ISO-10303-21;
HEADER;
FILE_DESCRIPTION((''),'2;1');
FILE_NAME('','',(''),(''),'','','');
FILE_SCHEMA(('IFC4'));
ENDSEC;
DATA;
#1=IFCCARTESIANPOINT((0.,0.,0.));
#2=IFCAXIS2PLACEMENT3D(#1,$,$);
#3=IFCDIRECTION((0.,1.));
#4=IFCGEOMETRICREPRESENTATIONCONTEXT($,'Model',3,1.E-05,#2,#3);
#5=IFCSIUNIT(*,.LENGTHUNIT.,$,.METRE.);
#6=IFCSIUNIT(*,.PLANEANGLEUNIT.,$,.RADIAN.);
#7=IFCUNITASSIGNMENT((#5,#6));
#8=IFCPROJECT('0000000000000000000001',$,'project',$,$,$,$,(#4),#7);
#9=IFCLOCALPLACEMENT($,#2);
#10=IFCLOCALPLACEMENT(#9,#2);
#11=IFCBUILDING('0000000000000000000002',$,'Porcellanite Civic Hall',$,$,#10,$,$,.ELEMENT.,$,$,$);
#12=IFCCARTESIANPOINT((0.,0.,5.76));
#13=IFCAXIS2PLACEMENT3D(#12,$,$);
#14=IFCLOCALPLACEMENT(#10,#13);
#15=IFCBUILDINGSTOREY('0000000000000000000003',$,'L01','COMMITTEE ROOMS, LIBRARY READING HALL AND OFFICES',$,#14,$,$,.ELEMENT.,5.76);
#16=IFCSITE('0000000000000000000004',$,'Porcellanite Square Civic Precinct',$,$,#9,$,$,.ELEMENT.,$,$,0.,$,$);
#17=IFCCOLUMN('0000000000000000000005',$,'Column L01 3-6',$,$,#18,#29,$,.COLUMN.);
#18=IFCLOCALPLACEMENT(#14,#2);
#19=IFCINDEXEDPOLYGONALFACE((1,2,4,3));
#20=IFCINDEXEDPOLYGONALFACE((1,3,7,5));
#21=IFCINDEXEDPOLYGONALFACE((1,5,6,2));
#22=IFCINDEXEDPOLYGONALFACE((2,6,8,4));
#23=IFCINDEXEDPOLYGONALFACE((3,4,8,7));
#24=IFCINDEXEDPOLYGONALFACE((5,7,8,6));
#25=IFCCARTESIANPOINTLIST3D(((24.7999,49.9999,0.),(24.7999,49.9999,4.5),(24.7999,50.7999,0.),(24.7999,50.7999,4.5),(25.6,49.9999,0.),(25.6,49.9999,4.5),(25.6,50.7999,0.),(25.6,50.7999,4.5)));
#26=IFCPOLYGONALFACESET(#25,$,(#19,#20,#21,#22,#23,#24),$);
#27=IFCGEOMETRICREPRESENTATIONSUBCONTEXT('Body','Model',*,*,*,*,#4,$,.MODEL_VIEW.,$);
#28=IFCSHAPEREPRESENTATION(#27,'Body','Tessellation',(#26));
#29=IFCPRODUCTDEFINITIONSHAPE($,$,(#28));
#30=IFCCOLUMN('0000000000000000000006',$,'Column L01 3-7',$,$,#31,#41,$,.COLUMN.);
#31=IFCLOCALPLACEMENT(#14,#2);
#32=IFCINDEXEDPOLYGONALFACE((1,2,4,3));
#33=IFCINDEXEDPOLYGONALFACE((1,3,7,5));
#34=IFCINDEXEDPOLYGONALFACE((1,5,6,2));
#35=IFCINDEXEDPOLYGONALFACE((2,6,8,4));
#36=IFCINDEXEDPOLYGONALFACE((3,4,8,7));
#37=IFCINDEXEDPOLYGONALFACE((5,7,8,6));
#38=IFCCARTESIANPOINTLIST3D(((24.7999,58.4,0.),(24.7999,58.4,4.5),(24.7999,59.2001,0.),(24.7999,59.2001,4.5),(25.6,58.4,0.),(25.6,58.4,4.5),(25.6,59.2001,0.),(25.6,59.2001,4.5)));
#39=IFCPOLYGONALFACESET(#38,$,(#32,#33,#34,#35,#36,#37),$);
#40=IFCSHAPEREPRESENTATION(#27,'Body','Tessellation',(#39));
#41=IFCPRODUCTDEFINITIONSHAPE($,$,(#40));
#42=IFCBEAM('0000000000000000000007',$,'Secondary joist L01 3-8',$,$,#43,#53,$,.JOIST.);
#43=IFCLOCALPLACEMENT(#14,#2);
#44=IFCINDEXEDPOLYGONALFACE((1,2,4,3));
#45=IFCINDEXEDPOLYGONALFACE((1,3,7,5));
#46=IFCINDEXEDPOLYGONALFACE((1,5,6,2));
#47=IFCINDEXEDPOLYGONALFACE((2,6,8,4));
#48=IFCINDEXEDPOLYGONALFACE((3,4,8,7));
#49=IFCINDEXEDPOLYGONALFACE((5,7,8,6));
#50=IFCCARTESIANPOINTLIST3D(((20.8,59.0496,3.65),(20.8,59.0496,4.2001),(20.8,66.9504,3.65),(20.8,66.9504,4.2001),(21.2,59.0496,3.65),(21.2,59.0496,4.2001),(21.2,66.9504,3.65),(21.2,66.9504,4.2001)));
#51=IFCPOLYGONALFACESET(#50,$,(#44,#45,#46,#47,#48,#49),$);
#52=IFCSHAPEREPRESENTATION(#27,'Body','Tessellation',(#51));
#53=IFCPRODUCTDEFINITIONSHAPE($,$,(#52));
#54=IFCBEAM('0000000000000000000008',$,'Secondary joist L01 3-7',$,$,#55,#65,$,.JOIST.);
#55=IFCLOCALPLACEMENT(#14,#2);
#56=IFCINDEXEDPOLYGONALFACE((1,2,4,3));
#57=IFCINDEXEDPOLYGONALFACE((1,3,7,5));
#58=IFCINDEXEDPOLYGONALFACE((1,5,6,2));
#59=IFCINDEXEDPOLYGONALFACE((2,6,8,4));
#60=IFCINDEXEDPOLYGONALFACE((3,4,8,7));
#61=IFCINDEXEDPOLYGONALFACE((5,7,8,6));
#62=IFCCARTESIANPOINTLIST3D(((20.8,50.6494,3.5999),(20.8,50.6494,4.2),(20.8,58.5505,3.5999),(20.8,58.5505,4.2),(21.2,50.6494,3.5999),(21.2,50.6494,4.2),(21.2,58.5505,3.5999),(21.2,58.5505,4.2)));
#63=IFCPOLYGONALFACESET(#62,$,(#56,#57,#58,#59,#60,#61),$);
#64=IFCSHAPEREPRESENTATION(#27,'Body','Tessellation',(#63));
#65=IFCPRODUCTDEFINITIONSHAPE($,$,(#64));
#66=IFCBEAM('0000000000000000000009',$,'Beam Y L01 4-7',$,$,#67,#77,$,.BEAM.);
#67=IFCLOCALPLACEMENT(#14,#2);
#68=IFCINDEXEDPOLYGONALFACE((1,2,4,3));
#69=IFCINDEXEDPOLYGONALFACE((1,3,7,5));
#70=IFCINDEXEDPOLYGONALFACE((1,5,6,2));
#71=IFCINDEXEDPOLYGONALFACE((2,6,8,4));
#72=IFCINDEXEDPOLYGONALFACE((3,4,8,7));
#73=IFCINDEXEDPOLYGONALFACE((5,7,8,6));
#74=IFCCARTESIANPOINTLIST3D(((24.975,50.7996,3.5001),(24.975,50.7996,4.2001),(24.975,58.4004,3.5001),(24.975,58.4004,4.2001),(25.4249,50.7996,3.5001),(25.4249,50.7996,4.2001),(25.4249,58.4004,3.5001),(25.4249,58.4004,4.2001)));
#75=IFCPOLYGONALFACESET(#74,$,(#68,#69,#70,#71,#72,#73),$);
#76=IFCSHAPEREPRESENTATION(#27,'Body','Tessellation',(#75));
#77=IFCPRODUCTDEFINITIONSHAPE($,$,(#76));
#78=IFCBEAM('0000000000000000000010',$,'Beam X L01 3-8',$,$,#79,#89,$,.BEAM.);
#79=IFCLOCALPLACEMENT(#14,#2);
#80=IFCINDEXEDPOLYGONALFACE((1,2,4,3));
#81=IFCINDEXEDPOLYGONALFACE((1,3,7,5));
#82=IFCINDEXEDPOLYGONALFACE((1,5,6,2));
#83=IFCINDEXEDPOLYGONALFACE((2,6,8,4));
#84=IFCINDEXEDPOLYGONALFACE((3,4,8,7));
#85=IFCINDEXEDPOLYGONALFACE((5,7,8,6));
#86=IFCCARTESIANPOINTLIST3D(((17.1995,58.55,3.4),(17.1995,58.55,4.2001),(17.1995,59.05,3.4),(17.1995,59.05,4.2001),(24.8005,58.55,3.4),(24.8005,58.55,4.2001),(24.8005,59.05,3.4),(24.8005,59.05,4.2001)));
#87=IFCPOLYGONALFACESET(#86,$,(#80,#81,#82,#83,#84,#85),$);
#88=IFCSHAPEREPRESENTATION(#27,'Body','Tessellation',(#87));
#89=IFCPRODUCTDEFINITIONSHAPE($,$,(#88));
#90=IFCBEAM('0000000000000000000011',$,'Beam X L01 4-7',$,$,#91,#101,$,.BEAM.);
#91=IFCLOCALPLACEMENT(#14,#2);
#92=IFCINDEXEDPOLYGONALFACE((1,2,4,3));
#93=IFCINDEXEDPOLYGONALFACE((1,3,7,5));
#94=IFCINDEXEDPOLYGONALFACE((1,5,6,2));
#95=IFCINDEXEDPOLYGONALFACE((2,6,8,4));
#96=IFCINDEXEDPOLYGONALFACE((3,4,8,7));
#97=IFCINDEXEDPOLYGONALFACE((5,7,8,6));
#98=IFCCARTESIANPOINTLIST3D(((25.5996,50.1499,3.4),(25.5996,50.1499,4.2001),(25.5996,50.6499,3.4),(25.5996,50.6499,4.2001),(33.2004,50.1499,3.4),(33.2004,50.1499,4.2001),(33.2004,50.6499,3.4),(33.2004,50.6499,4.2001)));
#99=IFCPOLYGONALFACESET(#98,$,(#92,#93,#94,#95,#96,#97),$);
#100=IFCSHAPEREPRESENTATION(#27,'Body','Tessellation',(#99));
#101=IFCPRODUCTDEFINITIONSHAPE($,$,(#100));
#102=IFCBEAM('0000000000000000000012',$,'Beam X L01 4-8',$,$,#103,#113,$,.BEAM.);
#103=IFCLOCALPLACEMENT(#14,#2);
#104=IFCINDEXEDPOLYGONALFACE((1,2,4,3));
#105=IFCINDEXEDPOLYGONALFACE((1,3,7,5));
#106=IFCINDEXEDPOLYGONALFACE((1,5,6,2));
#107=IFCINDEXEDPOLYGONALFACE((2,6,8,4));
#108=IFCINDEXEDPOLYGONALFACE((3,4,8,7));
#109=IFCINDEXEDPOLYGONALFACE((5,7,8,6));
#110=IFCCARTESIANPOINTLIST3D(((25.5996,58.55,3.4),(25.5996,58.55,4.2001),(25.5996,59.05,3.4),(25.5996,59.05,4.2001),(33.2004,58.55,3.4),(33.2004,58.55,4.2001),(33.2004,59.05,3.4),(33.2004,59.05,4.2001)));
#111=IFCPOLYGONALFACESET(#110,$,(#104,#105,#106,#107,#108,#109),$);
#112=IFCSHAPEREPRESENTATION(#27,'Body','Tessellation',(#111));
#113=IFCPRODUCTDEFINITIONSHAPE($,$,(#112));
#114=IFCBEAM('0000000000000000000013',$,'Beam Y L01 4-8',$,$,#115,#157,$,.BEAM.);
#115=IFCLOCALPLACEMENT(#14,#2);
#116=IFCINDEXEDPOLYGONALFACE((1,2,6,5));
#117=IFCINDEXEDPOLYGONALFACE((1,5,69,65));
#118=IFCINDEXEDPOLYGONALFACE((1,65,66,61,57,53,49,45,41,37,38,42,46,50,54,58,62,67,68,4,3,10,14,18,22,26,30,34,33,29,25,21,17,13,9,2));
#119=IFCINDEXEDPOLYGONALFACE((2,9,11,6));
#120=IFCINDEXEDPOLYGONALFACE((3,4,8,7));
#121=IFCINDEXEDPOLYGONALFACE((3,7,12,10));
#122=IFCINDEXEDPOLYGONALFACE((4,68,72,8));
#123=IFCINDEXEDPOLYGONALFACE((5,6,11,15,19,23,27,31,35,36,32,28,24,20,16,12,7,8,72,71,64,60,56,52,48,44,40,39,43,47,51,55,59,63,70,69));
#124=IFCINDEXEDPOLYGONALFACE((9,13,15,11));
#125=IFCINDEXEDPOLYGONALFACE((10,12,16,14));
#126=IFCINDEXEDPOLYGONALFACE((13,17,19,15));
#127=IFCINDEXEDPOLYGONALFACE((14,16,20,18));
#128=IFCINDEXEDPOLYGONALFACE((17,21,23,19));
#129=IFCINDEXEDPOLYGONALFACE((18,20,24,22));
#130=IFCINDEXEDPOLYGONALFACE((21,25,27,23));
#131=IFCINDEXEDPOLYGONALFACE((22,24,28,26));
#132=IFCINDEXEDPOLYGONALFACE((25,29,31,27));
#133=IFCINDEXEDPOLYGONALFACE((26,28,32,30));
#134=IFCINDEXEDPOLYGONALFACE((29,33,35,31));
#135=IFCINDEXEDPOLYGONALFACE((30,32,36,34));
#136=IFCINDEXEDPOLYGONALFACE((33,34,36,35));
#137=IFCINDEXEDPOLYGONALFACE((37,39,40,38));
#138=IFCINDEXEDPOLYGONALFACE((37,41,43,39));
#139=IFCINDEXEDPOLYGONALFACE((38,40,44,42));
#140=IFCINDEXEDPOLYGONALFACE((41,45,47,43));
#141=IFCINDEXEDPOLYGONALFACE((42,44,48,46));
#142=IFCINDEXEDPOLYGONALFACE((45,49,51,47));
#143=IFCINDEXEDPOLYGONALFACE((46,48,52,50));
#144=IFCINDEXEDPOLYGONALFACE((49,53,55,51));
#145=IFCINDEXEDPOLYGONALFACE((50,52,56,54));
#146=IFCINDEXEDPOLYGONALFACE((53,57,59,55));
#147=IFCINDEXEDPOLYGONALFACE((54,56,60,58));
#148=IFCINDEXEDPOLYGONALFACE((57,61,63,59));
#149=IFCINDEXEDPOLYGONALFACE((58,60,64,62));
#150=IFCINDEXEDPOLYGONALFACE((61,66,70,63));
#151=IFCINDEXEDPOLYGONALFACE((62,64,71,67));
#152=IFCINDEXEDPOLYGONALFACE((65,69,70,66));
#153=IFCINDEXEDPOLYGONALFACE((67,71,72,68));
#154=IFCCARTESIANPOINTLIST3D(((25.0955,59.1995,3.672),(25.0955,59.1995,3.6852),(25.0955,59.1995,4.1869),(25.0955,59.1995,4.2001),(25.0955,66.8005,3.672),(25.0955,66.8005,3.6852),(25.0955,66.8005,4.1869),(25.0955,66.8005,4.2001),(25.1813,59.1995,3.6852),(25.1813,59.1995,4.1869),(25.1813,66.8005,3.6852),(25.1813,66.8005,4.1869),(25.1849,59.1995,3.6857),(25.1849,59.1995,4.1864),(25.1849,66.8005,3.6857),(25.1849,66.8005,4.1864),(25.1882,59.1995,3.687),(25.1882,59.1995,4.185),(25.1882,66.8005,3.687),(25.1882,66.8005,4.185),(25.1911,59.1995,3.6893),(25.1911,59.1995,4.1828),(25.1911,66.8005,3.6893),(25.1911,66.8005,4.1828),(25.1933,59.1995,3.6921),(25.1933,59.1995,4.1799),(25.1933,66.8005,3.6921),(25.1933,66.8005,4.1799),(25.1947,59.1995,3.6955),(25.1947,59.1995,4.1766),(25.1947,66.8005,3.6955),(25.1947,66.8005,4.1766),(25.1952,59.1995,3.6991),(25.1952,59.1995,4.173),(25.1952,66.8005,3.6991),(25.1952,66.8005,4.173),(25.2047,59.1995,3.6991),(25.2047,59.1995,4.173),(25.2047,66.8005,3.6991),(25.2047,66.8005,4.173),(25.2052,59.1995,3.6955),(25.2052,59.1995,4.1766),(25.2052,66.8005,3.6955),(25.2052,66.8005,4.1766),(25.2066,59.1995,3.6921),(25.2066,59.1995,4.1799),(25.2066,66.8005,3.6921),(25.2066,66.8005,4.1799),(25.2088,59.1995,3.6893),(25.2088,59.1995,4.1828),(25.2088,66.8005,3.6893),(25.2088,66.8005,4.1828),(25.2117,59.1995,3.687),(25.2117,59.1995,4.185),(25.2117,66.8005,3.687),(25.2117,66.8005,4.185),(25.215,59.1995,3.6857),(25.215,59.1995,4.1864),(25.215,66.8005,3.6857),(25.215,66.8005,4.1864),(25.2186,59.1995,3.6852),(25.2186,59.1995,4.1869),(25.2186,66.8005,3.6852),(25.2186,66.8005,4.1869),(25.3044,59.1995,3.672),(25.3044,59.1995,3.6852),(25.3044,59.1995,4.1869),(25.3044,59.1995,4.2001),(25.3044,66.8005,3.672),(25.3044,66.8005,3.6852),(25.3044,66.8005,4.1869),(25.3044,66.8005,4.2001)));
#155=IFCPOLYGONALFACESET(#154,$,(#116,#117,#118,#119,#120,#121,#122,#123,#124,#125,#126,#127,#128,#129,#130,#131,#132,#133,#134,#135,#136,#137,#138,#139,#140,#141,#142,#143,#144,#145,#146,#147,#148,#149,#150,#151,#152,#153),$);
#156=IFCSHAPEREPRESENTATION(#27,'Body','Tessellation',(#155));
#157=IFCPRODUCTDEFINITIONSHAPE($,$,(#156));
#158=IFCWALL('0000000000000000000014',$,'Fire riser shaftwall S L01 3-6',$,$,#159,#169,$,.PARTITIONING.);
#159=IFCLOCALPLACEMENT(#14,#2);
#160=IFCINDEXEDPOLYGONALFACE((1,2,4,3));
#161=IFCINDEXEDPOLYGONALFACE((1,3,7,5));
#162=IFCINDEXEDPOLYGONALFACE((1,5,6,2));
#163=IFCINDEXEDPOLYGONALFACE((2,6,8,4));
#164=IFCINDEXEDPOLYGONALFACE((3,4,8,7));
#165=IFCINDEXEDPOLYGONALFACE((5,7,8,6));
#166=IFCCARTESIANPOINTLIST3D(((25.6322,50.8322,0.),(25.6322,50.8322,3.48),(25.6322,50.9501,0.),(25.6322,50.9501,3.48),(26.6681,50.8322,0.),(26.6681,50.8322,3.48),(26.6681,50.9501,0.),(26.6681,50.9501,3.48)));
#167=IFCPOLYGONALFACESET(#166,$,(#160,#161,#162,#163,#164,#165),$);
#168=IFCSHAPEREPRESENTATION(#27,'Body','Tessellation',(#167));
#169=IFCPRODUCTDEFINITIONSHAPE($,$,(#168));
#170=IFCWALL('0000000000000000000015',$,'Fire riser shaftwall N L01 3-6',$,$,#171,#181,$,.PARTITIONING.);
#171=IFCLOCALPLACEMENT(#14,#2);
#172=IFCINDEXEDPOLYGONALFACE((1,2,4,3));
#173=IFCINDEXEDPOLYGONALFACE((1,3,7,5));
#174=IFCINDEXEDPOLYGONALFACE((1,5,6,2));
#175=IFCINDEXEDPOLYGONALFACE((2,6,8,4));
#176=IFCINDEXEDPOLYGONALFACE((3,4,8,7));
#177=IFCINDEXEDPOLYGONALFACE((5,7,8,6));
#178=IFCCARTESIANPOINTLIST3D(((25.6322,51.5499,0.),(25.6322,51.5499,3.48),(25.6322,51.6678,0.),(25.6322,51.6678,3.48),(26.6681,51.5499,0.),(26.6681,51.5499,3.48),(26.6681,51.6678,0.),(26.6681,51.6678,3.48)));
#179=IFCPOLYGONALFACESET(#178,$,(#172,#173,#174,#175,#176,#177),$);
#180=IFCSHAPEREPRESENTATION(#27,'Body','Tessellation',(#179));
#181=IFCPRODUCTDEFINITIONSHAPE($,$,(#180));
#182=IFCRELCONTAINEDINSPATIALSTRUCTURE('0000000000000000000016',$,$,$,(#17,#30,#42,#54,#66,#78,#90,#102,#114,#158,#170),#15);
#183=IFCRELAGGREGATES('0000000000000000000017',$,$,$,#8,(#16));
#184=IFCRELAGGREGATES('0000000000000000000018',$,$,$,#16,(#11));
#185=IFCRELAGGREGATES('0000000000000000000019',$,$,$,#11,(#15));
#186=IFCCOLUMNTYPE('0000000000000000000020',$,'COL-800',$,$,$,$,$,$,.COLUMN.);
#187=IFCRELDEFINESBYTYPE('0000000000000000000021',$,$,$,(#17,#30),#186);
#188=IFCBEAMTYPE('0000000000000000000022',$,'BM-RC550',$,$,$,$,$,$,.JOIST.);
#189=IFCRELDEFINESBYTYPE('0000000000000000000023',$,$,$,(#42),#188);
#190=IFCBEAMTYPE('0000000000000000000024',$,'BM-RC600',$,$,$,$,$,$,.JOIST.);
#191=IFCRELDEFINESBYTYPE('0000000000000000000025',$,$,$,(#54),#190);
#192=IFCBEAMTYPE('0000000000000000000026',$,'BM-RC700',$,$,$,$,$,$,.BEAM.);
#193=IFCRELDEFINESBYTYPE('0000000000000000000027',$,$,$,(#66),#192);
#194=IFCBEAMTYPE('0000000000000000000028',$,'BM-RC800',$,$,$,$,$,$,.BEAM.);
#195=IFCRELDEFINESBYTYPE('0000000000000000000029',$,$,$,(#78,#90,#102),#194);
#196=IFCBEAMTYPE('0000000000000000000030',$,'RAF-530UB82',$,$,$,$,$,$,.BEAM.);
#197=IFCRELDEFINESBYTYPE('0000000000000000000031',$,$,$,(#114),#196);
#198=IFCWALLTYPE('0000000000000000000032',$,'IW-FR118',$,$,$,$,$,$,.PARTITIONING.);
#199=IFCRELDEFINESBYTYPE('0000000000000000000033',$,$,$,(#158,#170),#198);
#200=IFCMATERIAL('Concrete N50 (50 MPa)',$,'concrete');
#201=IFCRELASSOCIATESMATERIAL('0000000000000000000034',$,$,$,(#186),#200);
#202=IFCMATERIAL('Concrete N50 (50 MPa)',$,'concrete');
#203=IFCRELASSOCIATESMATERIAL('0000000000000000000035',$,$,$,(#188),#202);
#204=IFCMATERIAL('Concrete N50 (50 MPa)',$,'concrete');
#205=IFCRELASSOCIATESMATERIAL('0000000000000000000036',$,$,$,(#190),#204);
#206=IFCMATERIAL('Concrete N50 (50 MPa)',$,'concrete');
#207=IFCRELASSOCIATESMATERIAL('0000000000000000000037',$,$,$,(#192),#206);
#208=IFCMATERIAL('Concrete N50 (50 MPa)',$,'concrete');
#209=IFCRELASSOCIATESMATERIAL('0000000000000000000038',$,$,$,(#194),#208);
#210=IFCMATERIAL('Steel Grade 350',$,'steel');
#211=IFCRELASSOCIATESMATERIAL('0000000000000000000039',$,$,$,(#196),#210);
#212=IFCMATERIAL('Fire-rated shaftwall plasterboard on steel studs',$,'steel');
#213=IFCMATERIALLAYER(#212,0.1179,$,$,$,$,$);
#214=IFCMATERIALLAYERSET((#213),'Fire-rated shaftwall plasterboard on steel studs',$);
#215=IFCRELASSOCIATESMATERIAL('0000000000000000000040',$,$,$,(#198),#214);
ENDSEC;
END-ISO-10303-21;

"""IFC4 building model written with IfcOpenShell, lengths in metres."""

from ifc_helpers import new_model, si_unit, direction, frame, frame_2d, origin, origin_2d, place, context, subcontext, project, spatial, rectangle, i_section, extrude, material, layer, layer_set, material_profile, profile_set, type_object, element, save


model = new_model("IFC4")

# Units and contexts
model_context = context("Model", 3, precision=1e-05, world=origin(), true_north=direction((0.0, 1.0)))
body_context = subcontext(model_context, "Body", "Model", "MODEL_VIEW")
ifc_project = project(units=[si_unit("LENGTHUNIT", "METRE"), si_unit("PLANEANGLEUNIT", "RADIAN")], contexts=[model_context])

# Site, building, storey
site_placement = place(None, origin())
site = spatial("IfcSite", under=ifc_project, at=site_placement, Name="Porcellanite Square Civic Precinct", CompositionType="ELEMENT", RefElevation=0.0)
building_placement = place(site_placement, origin())
building = spatial("IfcBuilding", under=site, at=building_placement, Name="Porcellanite Civic Hall", CompositionType="ELEMENT")
storey_placement = place(building_placement, frame((0.0, 0.0, 5.76)))
storey = spatial("IfcBuildingStorey", under=building, at=storey_placement, Name="L01", Description="COMMITTEE ROOMS, LIBRARY READING HALL AND OFFICES", CompositionType="ELEMENT", Elevation=5.76)

# Columns
ifc_material_1 = material(Name="Concrete N50 (50 MPa)", Category="concrete")
ifc_material_profile_1 = material_profile(ifc_material_1, rectangle(XDim=0.8, YDim=0.8, at=origin_2d()), Name="RC-800x800")
ifc_profile_set_1 = profile_set([ifc_material_profile_1], Name="Concrete N50 (50 MPa)")
column_type = type_object("IfcColumnType", Name="COL-800", PredefinedType="COLUMN", material=ifc_profile_set_1)
for number, where, z_axis, x_axis, name in (
    (1, (25.2, 50.3999, 0.0), (0.0, 0.0, 1.0), (1.0, 0.0, 0.0), "Column L01 3-6"),
    (2, (25.2, 58.8, 0.0), (0.0, 0.0, 1.0), (1.0, 0.0, 0.0), "Column L01 3-7"),
):
    element("IfcColumn", number, at=place(storey_placement, frame(where, z_axis=z_axis, x_axis=x_axis)), inside=storey, type_object=column_type, Name=name, PredefinedType="COLUMN", context=body_context, shape_type="SweptSolid", body=[
        extrude(rectangle(XDim=0.8, YDim=0.8, at=origin_2d()), origin(), (0.0, 0.0, 1.0), 4.5),
    ])

# Beams
ifc_material_2 = material(Name="Concrete N50 (50 MPa)", Category="concrete")
ifc_material_profile_2 = material_profile(ifc_material_2, rectangle(XDim=0.3999, YDim=0.55, at=origin_2d()), Name="RC-400x550")
ifc_profile_set_2 = profile_set([ifc_material_profile_2], Name="Concrete N50 (50 MPa)")
beam_type_1 = type_object("IfcBeamType", Name="BM-RC550", PredefinedType="JOIST", material=ifc_profile_set_2)
beam_1_placement = place(storey_placement, frame((21.0, 59.0496, 3.925), z_axis=(0.0, 1.0, 0.0), x_axis=(-1.0, 0.0, 0.0)))
element("IfcBeam", 3, at=beam_1_placement, inside=storey, type_object=beam_type_1, Name="Secondary joist L01 3-8", PredefinedType="JOIST", context=body_context, shape_type="SweptSolid", body=[
    extrude(rectangle(XDim=0.3999, YDim=0.55, at=origin_2d()), origin(), (0.0, 0.0, 1.0), 7.9009),
])
ifc_material_3 = material(Name="Concrete N50 (50 MPa)", Category="concrete")
ifc_material_profile_3 = material_profile(ifc_material_3, rectangle(XDim=0.3999, YDim=0.6001, at=origin_2d()), Name="RC-400x600")
ifc_profile_set_3 = profile_set([ifc_material_profile_3], Name="Concrete N50 (50 MPa)")
beam_type_2 = type_object("IfcBeamType", Name="BM-RC600", PredefinedType="JOIST", material=ifc_profile_set_3)
beam_2_placement = place(storey_placement, frame((21.0, 50.6494, 3.8999), z_axis=(0.0, 1.0, 0.0), x_axis=(-1.0, 0.0, 0.0)))
element("IfcBeam", 4, at=beam_2_placement, inside=storey, type_object=beam_type_2, Name="Secondary joist L01 3-7", PredefinedType="JOIST", context=body_context, shape_type="SweptSolid", body=[
    extrude(rectangle(XDim=0.3999, YDim=0.6001, at=origin_2d()), origin(), (0.0, 0.0, 1.0), 7.9011),
])
ifc_material_4 = material(Name="Concrete N50 (50 MPa)", Category="concrete")
ifc_material_profile_4 = material_profile(ifc_material_4, rectangle(XDim=0.45, YDim=0.7, at=origin_2d()), Name="RC-450x700")
ifc_profile_set_4 = profile_set([ifc_material_profile_4], Name="Concrete N50 (50 MPa)")
beam_type_3 = type_object("IfcBeamType", Name="BM-RC700", PredefinedType="BEAM", material=ifc_profile_set_4)
beam_3_placement = place(storey_placement, frame((25.2, 50.7996, 3.8501), z_axis=(0.0, 1.0, 0.0), x_axis=(-1.0, 0.0, 0.0)))
element("IfcBeam", 5, at=beam_3_placement, inside=storey, type_object=beam_type_3, Name="Beam Y L01 4-7", PredefinedType="BEAM", context=body_context, shape_type="SweptSolid", body=[
    extrude(rectangle(XDim=0.45, YDim=0.7, at=origin_2d()), origin(), (0.0, 0.0, 1.0), 7.6008),
])
ifc_material_5 = material(Name="Concrete N50 (50 MPa)", Category="concrete")
ifc_material_profile_5 = material_profile(ifc_material_5, rectangle(XDim=0.5, YDim=0.8, at=origin_2d()), Name="RC-500x800")
ifc_profile_set_5 = profile_set([ifc_material_profile_5], Name="Concrete N50 (50 MPa)")
beam_type_4 = type_object("IfcBeamType", Name="BM-RC800", PredefinedType="BEAM", material=ifc_profile_set_5)
beam_4_placement = place(storey_placement, frame((17.1995, 58.8, 3.8), z_axis=(1.0, 0.0, 0.0), x_axis=(0.0, 1.0, 0.0)))
element("IfcBeam", 6, at=beam_4_placement, inside=storey, type_object=beam_type_4, Name="Beam X L01 3-8", PredefinedType="BEAM", context=body_context, shape_type="SweptSolid", body=[
    extrude(rectangle(XDim=0.5, YDim=0.8, at=origin_2d()), origin(), (0.0, 0.0, 1.0), 7.6011),
])
for number, where, z_axis, x_axis, name in (
    (7, (25.5996, 50.3999, 3.8), (1.0, 0.0, 0.0), (0.0, 1.0, 0.0), "Beam X L01 4-7"),
    (8, (25.5996, 58.8, 3.8), (1.0, 0.0, 0.0), (0.0, 1.0, 0.0), "Beam X L01 4-8"),
):
    element("IfcBeam", number, at=place(storey_placement, frame(where, z_axis=z_axis, x_axis=x_axis)), inside=storey, type_object=beam_type_4, Name=name, PredefinedType="BEAM", context=body_context, shape_type="SweptSolid", body=[
        extrude(rectangle(XDim=0.5, YDim=0.8, at=origin_2d()), origin(), (0.0, 0.0, 1.0), 7.6008),
    ])
ifc_material_6 = material(Name="Steel Grade 350", Category="steel")
ifc_material_profile_6 = material_profile(ifc_material_6, i_section(OverallWidth=0.209, OverallDepth=0.5281, WebThickness=0.0095, FlangeThickness=0.0132, FilletRadius=0.0139, at=origin_2d()), Name="530UB82.0")
ifc_profile_set_6 = profile_set([ifc_material_profile_6], Name="Steel Grade 350")
beam_type_5 = type_object("IfcBeamType", Name="RAF-530UB82", PredefinedType="BEAM", material=ifc_profile_set_6)
beam_5_placement = place(storey_placement, frame((25.2, 59.1995, 3.936), z_axis=(0.0, 1.0, 0.0), x_axis=(-1.0, 0.0, 0.0)))
element("IfcBeam", 9, at=beam_5_placement, inside=storey, type_object=beam_type_5, Name="Beam Y L01 4-8", PredefinedType="BEAM", context=body_context, shape_type="SweptSolid", body=[
    extrude(i_section(OverallWidth=0.209, OverallDepth=0.5281, WebThickness=0.0095, FlangeThickness=0.0132, FilletRadius=0.0139, at=origin_2d()), origin(), (0.0, 0.0, 1.0), 7.6011),
])

# Walls
ifc_material_7 = material(Name="Fire-rated shaftwall plasterboard on steel studs", Category="steel")
ifc_layer_1 = layer(ifc_material_7, 0.1179)
ifc_layer_set_1 = layer_set([ifc_layer_1], Name="Fire-rated shaftwall plasterboard on steel studs")
wall_type_1 = type_object("IfcWallType", Name="IW-FR118", PredefinedType="PARTITIONING", material=ifc_layer_set_1)
for number, where, z_axis, x_axis, name in (
    (10, (25.6321, 50.8911, 0.0), (0.0, 0.0, 1.0), (1.0, 0.0, 0.0), "Fire riser shaftwall S L01 3-6"),
    (11, (25.6321, 51.6089, 0.0), (0.0, 0.0, 1.0), (1.0, 0.0, 0.0), "Fire riser shaftwall N L01 3-6"),
):
    element("IfcWall", number, at=place(storey_placement, frame(where, z_axis=z_axis, x_axis=x_axis)), inside=storey, type_object=wall_type_1, Name=name, PredefinedType="PARTITIONING", context=body_context, shape_type="SweptSolid", body=[
        extrude(rectangle(XDim=1.0359, YDim=0.1179, at=frame_2d((0.5181, 0.0))), origin(), (0.0, 0.0, 1.0), 3.48),
    ])

save(model, "model.ifc")
